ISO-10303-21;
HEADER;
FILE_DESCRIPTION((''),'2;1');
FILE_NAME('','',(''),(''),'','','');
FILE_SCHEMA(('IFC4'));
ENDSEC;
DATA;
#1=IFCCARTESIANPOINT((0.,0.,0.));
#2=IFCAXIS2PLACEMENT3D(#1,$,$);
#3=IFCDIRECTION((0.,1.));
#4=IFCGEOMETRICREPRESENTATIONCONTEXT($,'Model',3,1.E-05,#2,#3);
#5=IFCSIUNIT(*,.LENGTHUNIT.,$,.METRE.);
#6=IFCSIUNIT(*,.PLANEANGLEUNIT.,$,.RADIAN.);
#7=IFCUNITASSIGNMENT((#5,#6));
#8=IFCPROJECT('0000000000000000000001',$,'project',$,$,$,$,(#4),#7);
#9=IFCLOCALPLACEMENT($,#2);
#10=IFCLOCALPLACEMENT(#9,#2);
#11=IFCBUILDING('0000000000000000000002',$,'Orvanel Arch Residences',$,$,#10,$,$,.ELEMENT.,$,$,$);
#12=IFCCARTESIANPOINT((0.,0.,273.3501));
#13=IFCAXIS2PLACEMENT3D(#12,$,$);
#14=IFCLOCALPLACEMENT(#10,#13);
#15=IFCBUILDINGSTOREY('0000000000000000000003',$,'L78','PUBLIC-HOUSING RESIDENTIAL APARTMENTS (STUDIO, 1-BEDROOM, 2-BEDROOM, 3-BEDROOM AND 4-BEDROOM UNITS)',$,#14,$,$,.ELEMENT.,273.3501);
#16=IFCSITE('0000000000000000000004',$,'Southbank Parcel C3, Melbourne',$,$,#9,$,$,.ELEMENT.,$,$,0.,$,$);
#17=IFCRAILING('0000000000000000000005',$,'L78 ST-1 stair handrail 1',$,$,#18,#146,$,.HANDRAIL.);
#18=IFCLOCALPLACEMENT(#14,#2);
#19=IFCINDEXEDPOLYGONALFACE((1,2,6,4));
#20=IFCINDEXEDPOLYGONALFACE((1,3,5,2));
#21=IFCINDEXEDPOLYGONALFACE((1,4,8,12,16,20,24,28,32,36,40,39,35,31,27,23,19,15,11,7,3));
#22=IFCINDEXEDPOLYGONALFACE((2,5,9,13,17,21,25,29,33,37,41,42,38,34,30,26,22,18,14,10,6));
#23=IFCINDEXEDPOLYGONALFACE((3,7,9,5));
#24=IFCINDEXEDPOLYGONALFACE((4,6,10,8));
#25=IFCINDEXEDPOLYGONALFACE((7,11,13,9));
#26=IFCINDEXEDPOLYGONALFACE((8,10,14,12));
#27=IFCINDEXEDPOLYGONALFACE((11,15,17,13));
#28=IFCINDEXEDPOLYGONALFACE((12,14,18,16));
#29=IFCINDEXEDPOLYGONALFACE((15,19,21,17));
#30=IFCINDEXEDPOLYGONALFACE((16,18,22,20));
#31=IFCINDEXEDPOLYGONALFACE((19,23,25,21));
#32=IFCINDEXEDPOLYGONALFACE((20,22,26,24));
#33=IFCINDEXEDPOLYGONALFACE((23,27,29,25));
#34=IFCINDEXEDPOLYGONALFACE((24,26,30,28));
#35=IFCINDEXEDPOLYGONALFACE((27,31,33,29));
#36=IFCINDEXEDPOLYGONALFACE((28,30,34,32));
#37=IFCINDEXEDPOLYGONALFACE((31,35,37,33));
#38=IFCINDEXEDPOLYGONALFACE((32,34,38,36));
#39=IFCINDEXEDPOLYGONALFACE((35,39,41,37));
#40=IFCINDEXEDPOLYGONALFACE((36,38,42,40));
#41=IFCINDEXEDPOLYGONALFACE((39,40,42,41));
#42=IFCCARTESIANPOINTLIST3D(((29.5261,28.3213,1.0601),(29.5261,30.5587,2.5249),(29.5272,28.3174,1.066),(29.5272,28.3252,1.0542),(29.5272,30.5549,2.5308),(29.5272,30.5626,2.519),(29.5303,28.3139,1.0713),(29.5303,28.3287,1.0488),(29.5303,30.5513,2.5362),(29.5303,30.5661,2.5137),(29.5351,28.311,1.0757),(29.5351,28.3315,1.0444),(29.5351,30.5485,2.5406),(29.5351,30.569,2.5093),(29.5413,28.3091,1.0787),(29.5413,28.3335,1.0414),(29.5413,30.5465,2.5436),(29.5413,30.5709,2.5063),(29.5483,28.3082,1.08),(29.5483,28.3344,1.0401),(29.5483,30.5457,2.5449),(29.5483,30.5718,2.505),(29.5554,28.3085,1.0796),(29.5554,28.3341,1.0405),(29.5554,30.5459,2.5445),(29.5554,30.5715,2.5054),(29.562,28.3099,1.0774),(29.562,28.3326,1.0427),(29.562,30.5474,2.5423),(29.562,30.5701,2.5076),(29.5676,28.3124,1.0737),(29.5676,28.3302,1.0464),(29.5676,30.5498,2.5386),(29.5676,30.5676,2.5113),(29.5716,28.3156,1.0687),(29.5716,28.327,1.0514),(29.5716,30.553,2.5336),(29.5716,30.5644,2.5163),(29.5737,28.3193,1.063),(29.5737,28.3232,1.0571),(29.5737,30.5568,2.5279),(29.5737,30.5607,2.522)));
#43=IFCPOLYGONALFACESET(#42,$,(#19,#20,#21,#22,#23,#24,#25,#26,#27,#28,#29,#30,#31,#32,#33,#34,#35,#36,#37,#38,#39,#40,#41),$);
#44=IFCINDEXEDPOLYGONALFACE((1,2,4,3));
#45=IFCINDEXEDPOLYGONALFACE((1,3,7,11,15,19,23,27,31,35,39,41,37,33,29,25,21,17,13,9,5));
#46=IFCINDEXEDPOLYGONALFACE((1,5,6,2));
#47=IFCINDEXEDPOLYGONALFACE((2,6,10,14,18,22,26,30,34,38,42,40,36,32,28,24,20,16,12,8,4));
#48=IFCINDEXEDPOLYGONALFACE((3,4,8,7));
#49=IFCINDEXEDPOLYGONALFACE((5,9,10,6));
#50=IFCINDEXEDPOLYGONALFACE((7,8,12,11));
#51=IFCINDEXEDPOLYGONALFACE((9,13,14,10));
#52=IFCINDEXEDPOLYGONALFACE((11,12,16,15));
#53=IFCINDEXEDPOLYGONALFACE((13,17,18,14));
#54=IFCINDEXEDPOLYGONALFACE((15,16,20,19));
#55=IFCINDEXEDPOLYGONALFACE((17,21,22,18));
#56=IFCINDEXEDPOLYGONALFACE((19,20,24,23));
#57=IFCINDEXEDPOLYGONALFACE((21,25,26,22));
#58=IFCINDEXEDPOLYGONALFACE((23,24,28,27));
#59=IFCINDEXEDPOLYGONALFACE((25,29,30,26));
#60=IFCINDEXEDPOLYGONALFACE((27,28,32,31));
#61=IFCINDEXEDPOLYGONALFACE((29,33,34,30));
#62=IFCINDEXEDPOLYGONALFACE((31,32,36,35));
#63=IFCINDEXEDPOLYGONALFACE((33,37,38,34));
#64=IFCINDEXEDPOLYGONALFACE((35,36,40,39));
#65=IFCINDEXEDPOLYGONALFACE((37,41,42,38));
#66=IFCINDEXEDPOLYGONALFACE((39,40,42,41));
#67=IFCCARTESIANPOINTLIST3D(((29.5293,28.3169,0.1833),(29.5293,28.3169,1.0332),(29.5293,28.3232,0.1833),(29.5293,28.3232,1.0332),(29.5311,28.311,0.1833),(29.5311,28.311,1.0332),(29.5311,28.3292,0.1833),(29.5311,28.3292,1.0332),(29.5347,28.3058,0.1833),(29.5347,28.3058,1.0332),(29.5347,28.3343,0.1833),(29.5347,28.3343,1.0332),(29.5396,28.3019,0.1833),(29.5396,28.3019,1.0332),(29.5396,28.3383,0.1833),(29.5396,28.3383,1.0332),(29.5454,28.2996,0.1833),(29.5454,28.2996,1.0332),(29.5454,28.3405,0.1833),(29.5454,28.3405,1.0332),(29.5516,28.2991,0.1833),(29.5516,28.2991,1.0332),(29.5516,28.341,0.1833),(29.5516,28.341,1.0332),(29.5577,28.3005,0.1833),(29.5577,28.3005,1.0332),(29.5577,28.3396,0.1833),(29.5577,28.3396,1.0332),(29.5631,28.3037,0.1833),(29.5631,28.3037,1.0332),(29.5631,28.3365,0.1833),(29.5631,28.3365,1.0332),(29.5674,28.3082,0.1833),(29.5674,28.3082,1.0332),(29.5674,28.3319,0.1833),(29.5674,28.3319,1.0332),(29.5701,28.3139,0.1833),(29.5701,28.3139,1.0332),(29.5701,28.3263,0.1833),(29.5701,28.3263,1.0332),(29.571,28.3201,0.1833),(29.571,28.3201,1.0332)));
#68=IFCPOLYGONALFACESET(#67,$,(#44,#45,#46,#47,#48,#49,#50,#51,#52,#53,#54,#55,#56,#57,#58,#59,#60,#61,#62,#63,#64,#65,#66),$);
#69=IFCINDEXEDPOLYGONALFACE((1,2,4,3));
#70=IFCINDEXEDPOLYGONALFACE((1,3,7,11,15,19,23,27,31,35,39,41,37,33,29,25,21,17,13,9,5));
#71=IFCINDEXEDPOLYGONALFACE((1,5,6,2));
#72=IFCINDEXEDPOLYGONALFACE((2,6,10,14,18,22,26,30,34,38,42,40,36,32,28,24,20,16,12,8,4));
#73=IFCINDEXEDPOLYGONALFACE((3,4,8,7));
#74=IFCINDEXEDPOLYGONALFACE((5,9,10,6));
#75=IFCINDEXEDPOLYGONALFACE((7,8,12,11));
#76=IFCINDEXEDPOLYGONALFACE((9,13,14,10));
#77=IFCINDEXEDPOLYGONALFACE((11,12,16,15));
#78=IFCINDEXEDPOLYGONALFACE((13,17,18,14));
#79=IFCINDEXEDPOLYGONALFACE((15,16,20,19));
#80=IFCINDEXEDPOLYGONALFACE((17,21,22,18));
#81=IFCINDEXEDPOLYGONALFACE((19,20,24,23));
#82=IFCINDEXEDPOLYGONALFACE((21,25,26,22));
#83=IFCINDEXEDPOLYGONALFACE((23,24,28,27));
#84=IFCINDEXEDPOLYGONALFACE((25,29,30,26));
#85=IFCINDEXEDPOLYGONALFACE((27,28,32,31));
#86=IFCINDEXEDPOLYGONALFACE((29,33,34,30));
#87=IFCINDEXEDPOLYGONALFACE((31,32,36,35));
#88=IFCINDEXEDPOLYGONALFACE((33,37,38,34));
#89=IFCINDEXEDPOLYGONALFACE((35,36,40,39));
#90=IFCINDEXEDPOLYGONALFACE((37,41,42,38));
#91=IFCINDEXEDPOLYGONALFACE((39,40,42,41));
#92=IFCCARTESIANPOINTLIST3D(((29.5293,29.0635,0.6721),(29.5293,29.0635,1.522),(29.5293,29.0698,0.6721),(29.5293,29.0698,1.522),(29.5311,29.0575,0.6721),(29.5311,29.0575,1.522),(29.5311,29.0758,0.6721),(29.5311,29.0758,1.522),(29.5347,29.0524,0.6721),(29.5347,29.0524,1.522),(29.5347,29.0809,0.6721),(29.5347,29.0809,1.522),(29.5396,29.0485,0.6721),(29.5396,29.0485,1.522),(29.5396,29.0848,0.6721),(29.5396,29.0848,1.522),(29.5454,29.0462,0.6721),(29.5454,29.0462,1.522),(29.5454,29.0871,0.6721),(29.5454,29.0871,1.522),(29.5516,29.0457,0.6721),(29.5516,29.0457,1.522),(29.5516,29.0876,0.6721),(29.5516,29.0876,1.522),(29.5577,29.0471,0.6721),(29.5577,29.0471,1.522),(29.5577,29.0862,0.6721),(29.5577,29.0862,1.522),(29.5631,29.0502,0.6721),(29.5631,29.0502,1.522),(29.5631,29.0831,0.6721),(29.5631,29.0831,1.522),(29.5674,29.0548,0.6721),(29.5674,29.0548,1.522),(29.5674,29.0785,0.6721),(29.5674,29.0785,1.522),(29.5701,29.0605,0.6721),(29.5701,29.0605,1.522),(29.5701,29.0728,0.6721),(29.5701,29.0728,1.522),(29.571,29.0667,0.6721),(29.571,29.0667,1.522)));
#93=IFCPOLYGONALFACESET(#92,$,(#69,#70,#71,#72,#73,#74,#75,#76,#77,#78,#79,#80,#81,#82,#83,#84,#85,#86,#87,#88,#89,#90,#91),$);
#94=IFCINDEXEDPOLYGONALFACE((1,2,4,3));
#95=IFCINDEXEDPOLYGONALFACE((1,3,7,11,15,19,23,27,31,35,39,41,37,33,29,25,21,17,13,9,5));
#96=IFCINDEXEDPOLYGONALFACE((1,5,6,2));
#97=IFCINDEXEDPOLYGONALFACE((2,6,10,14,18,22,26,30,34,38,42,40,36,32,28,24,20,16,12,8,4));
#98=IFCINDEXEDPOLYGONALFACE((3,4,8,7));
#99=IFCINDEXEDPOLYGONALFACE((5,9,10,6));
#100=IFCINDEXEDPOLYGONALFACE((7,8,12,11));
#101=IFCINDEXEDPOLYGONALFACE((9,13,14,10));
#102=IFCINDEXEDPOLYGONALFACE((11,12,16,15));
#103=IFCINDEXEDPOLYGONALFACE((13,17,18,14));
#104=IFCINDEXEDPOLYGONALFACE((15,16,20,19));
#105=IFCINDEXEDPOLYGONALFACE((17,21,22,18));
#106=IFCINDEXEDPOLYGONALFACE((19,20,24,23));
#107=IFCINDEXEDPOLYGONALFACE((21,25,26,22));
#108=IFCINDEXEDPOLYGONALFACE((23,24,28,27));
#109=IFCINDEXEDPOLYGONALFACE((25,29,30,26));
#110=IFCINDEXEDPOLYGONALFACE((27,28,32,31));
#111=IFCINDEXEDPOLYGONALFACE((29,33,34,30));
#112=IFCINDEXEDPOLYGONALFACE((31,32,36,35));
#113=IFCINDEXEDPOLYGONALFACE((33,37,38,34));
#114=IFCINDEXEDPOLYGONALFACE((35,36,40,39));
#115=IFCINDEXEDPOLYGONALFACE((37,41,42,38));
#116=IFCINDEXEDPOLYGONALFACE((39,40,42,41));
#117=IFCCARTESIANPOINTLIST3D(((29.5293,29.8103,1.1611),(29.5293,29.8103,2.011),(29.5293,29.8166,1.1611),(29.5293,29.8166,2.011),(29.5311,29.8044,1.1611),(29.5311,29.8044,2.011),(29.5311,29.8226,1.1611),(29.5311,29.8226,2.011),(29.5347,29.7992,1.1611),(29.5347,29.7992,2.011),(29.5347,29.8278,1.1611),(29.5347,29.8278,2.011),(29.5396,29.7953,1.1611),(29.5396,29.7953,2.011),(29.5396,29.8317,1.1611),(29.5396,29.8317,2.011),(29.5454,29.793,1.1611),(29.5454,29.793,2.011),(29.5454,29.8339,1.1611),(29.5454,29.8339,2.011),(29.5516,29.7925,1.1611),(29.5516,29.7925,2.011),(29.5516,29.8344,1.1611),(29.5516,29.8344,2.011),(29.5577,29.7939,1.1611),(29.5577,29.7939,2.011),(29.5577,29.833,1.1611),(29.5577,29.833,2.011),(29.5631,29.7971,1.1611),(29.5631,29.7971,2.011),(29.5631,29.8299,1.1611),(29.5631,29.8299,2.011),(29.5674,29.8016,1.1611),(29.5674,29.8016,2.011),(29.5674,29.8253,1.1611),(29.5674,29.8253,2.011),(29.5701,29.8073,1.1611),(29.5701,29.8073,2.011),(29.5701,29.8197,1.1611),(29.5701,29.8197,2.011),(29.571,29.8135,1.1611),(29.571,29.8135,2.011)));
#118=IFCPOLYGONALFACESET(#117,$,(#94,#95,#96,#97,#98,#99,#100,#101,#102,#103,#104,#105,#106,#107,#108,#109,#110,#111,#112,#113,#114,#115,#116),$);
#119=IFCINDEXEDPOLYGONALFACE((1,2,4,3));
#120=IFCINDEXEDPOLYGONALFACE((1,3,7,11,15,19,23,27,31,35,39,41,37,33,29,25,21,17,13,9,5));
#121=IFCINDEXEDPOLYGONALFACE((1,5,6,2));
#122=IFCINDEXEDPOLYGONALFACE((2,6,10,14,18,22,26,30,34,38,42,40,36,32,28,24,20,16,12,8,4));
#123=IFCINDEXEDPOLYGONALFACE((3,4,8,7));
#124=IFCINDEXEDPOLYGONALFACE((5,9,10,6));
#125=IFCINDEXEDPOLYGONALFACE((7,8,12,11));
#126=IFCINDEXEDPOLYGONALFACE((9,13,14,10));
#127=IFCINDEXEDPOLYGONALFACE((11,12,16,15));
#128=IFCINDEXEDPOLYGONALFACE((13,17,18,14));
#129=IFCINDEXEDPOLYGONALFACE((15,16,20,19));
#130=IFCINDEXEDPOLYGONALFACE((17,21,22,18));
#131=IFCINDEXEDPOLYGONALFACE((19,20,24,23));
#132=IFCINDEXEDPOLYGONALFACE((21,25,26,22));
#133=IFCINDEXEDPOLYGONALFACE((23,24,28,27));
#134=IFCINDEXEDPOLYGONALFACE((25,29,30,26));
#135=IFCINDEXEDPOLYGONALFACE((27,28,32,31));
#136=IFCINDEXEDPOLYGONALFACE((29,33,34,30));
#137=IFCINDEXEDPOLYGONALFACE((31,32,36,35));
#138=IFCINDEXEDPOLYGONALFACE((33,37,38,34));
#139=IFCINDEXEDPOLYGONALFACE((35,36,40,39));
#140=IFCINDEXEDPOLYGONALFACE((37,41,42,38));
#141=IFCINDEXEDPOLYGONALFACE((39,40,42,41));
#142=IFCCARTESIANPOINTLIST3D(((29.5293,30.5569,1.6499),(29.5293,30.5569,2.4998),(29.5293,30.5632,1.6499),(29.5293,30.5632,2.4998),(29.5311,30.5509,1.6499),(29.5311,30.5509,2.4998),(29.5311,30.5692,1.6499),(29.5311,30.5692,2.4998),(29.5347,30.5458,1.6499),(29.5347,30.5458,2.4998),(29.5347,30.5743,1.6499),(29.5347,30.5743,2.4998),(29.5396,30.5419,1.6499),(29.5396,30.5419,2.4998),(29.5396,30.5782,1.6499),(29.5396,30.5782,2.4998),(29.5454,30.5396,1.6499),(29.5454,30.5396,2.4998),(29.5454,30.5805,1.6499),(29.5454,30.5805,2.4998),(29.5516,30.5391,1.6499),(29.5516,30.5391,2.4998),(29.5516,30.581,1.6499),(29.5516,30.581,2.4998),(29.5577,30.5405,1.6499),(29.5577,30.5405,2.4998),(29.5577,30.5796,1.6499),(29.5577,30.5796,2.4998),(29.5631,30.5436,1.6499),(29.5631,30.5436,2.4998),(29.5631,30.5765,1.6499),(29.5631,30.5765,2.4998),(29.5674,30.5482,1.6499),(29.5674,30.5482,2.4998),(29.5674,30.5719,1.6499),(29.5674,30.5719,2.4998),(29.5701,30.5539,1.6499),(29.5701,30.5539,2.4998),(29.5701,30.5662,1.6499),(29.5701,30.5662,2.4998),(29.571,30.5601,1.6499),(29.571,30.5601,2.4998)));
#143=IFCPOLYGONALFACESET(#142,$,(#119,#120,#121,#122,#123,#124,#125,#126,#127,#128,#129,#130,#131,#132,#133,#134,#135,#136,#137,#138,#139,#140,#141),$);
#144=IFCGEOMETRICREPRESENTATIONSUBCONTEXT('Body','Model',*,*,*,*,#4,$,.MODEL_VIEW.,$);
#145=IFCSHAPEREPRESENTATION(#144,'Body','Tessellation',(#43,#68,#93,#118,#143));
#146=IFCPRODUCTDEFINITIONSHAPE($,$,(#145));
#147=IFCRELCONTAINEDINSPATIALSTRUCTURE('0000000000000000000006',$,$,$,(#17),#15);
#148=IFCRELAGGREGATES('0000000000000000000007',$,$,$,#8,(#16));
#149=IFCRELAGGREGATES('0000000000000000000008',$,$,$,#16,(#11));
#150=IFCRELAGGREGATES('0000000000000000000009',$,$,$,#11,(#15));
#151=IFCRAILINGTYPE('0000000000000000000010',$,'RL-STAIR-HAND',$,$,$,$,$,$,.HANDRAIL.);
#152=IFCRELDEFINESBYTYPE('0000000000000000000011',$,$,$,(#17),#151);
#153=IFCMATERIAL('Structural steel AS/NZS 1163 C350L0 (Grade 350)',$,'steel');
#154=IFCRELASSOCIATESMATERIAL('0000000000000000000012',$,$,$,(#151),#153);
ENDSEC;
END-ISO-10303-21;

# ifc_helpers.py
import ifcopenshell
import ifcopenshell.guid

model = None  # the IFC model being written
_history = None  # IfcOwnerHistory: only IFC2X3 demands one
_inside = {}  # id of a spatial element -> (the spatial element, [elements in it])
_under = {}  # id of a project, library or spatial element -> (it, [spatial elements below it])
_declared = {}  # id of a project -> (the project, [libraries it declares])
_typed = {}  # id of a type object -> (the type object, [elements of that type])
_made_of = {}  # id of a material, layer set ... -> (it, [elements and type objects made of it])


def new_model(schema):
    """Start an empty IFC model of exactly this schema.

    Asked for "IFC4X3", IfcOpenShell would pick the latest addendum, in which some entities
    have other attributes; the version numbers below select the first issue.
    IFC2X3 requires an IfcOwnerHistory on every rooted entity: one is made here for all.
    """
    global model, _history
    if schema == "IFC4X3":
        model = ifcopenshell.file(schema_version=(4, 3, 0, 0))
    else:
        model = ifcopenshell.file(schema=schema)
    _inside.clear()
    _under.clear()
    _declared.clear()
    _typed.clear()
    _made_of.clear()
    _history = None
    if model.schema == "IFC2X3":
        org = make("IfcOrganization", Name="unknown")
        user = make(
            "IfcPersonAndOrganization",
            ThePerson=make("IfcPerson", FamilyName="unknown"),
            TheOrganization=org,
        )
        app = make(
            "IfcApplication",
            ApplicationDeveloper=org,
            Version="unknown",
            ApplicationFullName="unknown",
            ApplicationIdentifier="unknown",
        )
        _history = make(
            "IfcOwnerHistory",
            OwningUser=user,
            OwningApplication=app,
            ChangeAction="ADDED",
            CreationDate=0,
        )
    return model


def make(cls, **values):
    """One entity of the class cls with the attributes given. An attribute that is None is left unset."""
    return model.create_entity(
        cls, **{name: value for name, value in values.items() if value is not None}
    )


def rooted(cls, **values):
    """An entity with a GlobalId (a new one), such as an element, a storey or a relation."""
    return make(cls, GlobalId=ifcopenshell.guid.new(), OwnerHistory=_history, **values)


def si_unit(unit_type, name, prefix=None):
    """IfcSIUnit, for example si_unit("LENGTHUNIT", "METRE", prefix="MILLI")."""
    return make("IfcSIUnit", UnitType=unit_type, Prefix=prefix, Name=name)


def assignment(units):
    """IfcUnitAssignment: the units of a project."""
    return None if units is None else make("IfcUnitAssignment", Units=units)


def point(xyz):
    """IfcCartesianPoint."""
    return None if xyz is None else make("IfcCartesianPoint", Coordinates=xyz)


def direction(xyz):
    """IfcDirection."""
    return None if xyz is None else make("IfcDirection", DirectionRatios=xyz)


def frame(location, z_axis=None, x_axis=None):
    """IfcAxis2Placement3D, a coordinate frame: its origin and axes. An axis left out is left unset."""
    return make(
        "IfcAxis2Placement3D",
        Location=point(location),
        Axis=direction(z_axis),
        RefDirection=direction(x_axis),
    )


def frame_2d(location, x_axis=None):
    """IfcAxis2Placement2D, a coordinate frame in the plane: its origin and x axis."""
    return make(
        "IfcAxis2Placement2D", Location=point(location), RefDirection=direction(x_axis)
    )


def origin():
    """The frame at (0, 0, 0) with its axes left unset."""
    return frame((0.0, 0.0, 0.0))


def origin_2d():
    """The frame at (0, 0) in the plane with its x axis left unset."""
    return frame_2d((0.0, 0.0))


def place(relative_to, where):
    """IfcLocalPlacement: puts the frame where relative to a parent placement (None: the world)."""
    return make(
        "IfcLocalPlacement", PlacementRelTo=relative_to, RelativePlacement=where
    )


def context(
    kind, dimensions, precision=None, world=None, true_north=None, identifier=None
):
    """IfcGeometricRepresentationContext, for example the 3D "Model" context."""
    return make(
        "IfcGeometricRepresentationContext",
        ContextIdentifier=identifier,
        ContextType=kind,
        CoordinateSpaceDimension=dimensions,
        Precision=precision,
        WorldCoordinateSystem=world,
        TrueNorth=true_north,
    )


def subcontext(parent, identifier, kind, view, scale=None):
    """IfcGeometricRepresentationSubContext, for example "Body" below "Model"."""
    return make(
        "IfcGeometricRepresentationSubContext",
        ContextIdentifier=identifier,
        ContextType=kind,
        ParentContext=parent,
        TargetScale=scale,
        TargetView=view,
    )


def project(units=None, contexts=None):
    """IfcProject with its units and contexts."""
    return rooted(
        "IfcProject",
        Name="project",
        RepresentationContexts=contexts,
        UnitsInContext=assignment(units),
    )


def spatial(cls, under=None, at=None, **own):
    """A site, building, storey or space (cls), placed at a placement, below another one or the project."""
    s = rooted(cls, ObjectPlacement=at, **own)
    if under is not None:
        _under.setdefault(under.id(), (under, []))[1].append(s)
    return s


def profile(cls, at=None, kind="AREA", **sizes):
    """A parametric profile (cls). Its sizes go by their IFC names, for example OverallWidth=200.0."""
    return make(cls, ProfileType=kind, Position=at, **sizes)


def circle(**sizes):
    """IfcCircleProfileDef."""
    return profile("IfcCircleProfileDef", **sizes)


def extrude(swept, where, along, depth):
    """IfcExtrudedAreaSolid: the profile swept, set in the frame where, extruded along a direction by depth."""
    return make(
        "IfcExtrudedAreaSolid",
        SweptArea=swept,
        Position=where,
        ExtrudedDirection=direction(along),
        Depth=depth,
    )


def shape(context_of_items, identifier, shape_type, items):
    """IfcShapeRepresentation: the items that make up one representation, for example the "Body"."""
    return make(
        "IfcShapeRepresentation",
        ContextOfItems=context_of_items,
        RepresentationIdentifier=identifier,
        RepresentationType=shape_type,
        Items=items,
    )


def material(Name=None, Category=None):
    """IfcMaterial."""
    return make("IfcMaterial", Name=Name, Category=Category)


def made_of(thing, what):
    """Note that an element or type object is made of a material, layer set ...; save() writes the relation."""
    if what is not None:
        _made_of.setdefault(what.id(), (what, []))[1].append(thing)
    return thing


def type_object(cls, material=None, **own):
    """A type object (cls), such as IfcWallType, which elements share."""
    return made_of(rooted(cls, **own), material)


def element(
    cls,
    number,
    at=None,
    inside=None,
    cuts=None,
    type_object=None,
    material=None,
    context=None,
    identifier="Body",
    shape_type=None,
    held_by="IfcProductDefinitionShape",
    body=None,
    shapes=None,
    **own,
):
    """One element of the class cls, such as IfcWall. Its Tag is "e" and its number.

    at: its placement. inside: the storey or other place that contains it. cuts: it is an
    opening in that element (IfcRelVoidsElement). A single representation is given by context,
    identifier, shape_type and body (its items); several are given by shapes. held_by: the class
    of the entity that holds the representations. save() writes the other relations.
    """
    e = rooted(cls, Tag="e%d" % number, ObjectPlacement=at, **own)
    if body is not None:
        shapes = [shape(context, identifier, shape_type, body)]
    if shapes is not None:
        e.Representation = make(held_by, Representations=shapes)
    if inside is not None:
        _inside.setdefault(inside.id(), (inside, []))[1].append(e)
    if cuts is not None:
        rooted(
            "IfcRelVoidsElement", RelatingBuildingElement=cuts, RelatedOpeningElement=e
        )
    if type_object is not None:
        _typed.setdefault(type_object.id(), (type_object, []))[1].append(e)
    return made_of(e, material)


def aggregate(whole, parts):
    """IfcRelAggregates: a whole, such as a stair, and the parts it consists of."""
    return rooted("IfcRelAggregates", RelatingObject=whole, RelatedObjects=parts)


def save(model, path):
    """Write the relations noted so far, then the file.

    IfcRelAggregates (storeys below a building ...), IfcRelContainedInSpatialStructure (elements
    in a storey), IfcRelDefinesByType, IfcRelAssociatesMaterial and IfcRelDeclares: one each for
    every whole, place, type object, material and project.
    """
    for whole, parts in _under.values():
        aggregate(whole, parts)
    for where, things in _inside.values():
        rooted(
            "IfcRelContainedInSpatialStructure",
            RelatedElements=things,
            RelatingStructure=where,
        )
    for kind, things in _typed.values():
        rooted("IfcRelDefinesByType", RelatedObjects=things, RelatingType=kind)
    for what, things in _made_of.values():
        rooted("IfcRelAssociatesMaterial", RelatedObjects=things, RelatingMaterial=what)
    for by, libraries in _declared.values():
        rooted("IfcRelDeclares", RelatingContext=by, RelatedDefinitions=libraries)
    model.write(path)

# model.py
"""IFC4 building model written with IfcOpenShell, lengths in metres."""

from ifc_helpers import new_model, si_unit, direction, frame, origin, origin_2d, place, context, subcontext, project, spatial, circle, extrude, material, type_object, element, save


model = new_model("IFC4")

# Units and contexts
model_context = context("Model", 3, precision=1e-05, world=origin(), true_north=direction((0.0, 1.0)))
body_context = subcontext(model_context, "Body", "Model", "MODEL_VIEW")
ifc_project = project(units=[si_unit("LENGTHUNIT", "METRE"), si_unit("PLANEANGLEUNIT", "RADIAN")], contexts=[model_context])

# Site, building, storey
site_placement = place(None, origin())
site = spatial("IfcSite", under=ifc_project, at=site_placement, Name="Southbank Parcel C3, Melbourne", CompositionType="ELEMENT", RefElevation=0.0)
building_placement = place(site_placement, origin())
building = spatial("IfcBuilding", under=site, at=building_placement, Name="Orvanel Arch Residences", CompositionType="ELEMENT")
storey_placement = place(building_placement, frame((0.0, 0.0, 273.3501)))
storey = spatial("IfcBuildingStorey", under=building, at=storey_placement, Name="L78", Description="PUBLIC-HOUSING RESIDENTIAL APARTMENTS (STUDIO, 1-BEDROOM, 2-BEDROOM, 3-BEDROOM AND 4-BEDROOM UNITS)", CompositionType="ELEMENT", Elevation=273.3501)

# Railing
ifc_material_1 = material(Name="Structural steel AS/NZS 1163 C350L0 (Grade 350)", Category="steel")
railing_type_1 = type_object("IfcRailingType", Name="RL-STAIR-HAND", PredefinedType="HANDRAIL", material=ifc_material_1)
railing_1_placement = place(storey_placement, frame((29.55, 28.3201, 0.1833)))
element("IfcRailing", 1, at=railing_1_placement, inside=storey, type_object=railing_type_1, Name="L78 ST-1 stair handrail 1", PredefinedType="HANDRAIL", context=body_context, shape_type="SweptSolid", body=[
    extrude(circle(Radius=0.0239, at=origin_2d()), frame((0.0, 0.0012, 0.8767), z_axis=(0.0, 0.836637, 0.547758), x_axis=(-1.0, 0.0, 0.0)), (0.0, 0.0, 1.0), 2.6743),
    extrude(circle(Radius=0.021, at=origin_2d()), origin(), (0.0, 0.0, 1.0), 0.8499),
    extrude(circle(Radius=0.021, at=origin_2d()), frame((0.0, 0.7466, 0.4888)), (0.0, 0.0, 1.0), 0.8499),
    extrude(circle(Radius=0.021, at=origin_2d()), frame((0.0, 1.4934, 0.9778)), (0.0, 0.0, 1.0), 0.8499),
    extrude(circle(Radius=0.021, at=origin_2d()), frame((0.0, 2.24, 1.4666)), (0.0, 0.0, 1.0), 0.8499),
])

save(model, "model.ifc")
